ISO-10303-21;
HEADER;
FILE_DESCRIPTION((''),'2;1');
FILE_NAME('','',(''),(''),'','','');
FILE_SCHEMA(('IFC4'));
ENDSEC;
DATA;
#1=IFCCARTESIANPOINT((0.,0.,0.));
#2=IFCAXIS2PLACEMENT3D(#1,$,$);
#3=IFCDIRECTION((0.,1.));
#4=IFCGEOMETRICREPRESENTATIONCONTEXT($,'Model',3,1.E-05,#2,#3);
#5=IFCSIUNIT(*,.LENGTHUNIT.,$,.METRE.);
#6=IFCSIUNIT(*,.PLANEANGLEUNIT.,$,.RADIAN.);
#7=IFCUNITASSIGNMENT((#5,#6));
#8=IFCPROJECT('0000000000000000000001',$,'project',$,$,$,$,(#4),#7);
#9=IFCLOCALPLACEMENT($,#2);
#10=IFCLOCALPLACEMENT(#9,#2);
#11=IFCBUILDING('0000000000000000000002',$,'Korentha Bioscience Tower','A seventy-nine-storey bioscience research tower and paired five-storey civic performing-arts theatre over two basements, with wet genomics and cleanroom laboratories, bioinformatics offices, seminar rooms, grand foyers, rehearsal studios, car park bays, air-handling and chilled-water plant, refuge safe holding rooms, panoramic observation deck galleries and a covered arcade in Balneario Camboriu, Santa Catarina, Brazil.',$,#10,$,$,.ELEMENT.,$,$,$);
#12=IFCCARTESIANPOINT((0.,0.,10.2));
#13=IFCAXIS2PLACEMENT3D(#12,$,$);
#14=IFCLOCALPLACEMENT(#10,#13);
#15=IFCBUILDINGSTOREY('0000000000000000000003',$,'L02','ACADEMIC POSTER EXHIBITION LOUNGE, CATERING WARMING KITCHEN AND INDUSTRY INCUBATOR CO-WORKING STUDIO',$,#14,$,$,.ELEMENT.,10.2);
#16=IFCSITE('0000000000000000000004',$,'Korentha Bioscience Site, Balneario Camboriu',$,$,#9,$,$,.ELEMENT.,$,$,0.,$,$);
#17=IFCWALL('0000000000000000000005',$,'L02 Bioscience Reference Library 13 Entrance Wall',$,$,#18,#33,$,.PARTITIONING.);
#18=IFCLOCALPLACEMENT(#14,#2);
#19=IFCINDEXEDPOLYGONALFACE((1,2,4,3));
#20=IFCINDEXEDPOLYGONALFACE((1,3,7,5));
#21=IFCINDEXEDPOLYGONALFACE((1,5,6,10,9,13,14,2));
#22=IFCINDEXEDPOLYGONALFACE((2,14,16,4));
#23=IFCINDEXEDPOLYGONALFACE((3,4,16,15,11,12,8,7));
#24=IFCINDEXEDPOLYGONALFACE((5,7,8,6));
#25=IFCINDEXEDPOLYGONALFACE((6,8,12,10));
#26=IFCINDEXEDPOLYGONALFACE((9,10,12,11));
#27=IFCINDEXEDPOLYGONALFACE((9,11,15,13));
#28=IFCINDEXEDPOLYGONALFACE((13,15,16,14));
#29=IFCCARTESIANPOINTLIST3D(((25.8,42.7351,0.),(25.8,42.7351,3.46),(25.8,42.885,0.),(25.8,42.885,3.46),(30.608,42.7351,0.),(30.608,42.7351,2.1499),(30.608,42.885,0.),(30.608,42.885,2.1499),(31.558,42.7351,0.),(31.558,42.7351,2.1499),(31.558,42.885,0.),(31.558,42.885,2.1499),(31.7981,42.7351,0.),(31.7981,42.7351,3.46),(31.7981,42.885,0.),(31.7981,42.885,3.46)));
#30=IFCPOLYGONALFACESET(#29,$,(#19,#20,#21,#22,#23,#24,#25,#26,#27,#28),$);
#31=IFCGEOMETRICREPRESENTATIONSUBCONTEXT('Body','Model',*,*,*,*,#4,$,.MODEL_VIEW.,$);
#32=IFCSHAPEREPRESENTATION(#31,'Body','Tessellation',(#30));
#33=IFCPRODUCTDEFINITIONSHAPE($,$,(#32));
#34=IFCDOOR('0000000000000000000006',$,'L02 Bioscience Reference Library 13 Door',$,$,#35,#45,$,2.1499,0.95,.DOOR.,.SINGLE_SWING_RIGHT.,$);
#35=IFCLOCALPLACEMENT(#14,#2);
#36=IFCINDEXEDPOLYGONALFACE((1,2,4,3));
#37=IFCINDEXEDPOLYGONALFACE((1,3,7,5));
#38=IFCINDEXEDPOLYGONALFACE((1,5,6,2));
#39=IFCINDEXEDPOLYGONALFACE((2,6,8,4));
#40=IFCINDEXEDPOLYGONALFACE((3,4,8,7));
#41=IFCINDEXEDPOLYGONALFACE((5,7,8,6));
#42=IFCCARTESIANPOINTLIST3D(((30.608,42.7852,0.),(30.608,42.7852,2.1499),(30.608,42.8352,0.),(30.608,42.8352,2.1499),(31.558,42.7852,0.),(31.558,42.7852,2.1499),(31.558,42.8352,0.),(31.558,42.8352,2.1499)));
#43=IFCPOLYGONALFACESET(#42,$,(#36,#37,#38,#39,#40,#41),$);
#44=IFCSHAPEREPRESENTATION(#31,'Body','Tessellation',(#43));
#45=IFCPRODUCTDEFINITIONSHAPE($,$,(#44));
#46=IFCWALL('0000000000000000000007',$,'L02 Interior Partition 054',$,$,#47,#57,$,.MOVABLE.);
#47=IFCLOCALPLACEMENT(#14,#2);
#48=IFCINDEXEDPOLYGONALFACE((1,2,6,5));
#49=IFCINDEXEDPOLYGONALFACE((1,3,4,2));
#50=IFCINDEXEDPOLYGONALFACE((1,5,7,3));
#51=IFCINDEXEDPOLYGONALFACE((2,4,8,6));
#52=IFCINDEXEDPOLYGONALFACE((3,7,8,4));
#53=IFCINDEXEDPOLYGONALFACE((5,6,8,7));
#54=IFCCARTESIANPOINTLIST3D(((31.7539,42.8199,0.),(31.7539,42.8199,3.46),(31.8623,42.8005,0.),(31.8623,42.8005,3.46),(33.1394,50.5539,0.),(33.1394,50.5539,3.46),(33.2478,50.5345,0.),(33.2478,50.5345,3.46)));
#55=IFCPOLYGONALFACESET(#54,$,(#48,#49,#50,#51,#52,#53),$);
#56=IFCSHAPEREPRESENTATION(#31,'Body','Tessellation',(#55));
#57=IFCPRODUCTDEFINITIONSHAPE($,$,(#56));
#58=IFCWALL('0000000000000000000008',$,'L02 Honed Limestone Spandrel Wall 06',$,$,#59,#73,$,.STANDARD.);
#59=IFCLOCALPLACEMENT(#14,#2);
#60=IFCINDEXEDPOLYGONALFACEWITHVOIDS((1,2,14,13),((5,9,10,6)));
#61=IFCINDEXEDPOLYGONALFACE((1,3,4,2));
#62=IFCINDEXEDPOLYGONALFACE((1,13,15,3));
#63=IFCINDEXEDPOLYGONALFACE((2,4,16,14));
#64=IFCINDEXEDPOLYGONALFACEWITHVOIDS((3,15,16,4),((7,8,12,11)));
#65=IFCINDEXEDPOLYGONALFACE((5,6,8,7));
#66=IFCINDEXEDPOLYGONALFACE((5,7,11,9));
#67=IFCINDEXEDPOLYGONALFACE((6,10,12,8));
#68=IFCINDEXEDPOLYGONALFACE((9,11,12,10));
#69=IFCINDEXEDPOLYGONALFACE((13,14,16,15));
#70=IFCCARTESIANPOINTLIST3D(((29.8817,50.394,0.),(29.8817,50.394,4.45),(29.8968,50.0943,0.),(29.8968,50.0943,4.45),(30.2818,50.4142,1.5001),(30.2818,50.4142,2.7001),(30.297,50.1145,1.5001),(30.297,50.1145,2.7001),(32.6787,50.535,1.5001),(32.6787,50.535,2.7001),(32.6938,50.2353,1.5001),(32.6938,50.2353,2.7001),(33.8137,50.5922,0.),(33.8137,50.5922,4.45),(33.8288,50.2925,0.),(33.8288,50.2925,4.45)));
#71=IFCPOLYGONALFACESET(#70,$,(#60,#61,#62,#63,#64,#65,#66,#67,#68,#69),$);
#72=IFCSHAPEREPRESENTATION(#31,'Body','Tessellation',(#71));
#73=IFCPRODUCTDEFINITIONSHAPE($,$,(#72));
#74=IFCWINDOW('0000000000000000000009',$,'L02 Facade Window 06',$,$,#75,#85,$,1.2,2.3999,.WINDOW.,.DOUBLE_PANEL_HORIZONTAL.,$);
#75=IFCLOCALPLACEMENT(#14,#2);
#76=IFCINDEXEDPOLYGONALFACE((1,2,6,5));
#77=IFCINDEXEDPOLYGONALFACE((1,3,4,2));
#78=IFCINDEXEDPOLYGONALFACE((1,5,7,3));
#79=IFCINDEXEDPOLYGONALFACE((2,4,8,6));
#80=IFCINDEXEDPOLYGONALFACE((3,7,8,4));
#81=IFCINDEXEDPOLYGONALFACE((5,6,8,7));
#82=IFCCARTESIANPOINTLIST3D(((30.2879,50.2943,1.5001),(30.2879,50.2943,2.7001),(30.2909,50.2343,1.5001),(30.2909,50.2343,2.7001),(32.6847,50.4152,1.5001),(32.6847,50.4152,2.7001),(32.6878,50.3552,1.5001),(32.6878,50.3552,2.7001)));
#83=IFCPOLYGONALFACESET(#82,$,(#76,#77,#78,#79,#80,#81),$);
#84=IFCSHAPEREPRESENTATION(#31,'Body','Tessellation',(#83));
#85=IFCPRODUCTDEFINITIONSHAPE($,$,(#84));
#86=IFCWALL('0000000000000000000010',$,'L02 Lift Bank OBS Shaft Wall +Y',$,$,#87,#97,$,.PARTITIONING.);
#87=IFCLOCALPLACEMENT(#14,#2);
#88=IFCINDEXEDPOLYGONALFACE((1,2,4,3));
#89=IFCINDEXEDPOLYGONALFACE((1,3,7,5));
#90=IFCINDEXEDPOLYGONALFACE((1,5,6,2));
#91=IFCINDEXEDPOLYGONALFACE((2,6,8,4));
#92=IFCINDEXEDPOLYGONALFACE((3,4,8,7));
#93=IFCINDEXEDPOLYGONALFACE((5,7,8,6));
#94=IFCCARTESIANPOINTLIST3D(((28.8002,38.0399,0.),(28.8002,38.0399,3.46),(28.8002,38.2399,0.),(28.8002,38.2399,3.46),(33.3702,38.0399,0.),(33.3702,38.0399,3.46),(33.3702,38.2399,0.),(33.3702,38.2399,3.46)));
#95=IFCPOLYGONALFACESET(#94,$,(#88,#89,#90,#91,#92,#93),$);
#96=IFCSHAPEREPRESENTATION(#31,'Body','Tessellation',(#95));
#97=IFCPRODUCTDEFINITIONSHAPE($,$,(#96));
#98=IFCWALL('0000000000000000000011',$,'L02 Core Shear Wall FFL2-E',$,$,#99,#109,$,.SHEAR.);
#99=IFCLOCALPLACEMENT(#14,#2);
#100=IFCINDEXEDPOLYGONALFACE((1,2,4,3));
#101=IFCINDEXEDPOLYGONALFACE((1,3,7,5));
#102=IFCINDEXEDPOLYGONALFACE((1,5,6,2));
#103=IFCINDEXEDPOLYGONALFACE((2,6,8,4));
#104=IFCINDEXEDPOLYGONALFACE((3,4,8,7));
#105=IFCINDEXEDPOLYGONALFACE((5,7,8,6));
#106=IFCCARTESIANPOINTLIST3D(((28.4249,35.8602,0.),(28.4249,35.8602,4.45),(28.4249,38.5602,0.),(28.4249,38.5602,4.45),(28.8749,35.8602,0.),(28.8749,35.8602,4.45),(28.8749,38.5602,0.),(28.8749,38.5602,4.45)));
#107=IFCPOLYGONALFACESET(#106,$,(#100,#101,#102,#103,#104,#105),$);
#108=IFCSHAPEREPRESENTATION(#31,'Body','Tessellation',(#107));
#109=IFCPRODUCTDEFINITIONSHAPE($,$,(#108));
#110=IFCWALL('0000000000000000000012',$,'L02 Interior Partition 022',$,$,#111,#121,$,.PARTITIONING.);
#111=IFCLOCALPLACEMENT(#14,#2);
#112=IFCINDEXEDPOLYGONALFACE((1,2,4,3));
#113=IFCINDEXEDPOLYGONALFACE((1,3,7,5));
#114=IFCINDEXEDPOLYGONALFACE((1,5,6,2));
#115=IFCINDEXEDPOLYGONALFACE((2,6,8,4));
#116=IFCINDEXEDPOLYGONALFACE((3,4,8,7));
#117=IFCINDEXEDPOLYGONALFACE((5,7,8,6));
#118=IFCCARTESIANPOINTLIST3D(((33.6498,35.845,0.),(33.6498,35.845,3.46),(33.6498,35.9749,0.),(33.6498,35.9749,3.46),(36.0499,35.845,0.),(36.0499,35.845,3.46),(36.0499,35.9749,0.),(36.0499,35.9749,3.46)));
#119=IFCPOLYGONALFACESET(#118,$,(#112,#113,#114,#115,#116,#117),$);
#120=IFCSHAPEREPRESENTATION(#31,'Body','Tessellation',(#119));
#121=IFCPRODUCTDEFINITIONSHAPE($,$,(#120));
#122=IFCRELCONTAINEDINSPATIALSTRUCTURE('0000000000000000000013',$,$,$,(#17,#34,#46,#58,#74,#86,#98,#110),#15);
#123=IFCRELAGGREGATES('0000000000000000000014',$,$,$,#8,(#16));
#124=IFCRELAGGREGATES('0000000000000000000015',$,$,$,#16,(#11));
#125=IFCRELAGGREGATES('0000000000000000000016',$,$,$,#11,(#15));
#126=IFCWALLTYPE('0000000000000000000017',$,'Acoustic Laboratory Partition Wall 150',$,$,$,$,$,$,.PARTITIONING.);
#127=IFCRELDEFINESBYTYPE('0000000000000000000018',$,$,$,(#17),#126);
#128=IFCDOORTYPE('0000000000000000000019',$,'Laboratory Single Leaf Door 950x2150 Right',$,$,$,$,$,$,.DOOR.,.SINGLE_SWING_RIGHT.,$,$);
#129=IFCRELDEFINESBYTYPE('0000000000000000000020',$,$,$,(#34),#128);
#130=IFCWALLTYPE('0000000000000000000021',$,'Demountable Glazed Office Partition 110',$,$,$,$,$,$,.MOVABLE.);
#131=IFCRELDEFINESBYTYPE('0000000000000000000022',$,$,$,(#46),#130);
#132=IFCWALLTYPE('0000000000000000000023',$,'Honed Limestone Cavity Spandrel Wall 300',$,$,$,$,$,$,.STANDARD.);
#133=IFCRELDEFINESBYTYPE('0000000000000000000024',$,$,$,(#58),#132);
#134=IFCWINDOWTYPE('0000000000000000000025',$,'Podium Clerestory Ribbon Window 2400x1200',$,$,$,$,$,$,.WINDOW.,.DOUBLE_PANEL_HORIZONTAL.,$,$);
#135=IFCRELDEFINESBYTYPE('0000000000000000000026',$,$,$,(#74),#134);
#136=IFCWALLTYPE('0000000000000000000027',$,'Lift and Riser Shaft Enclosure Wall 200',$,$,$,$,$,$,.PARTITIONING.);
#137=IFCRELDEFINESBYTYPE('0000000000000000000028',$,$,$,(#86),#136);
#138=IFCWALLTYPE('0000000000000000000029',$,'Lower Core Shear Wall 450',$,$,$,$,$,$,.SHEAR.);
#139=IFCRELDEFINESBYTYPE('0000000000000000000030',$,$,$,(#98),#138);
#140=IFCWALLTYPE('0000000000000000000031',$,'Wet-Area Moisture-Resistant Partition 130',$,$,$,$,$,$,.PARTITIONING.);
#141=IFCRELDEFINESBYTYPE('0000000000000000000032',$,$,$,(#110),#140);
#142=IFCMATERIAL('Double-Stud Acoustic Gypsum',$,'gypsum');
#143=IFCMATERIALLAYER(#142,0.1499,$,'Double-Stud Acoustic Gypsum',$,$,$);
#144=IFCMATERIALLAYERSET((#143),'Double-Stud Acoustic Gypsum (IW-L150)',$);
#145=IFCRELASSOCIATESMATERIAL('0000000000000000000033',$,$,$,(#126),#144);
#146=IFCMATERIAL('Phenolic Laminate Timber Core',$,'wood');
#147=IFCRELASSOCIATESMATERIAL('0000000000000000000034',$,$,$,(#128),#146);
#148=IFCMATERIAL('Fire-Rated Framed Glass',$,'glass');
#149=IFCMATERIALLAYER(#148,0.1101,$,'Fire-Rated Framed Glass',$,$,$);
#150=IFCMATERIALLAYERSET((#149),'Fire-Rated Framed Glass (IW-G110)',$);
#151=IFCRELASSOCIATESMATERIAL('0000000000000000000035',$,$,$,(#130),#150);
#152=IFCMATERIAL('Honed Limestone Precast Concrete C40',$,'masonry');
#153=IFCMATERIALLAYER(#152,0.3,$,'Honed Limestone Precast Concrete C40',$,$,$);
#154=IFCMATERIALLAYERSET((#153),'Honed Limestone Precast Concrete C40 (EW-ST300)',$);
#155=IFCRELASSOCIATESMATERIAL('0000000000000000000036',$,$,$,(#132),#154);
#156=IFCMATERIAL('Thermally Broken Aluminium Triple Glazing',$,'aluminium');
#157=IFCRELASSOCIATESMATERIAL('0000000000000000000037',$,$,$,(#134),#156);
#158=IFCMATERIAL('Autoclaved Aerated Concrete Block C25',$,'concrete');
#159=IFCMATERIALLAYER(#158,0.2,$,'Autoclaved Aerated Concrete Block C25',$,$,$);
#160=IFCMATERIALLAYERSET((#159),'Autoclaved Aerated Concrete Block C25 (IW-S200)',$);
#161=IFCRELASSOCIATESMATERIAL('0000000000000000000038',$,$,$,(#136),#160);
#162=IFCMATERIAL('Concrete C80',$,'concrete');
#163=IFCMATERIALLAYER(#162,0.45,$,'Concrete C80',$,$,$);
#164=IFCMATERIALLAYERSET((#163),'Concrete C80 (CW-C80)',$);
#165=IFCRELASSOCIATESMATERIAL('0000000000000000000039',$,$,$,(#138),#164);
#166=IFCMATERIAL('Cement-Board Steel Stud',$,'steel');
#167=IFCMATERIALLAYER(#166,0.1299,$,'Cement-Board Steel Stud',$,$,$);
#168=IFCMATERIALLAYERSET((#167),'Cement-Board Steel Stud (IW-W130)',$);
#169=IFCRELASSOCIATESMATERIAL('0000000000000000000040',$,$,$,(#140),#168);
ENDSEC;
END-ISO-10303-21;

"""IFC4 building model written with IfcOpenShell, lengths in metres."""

from ifc_helpers import new_model, si_unit, direction, frame, frame_2d, origin, place, context, subcontext, project, spatial, rectangle, extrude, material, layer, layer_set, type_object, element, fill, save


model = new_model("IFC4")

# Units and contexts
model_context = context("Model", 3, precision=1e-05, world=origin(), true_north=direction((0.0, 1.0)))
body_context = subcontext(model_context, "Body", "Model", "MODEL_VIEW")
ifc_project = project(units=[si_unit("LENGTHUNIT", "METRE"), si_unit("PLANEANGLEUNIT", "RADIAN")], contexts=[model_context])

# Site, building, storey
site_placement = place(None, origin())
site = spatial("IfcSite", under=ifc_project, at=site_placement, Name="Korentha Bioscience Site, Balneario Camboriu", CompositionType="ELEMENT", RefElevation=0.0)
building_placement = place(site_placement, origin())
building = spatial("IfcBuilding", under=site, at=building_placement, Name="Korentha Bioscience Tower", Description="A seventy-nine-storey bioscience research tower and paired five-storey civic performing-arts theatre over two basements, with wet genomics and cleanroom laboratories, bioinformatics offices, seminar rooms, grand foyers, rehearsal studios, car park bays, air-handling and chilled-water plant, refuge safe holding rooms, panoramic observation deck galleries and a covered arcade in Balneario Camboriu, Santa Catarina, Brazil.", CompositionType="ELEMENT")
storey_placement = place(building_placement, frame((0.0, 0.0, 10.2)))
storey = spatial("IfcBuildingStorey", under=building, at=storey_placement, Name="L02", Description="ACADEMIC POSTER EXHIBITION LOUNGE, CATERING WARMING KITCHEN AND INDUSTRY INCUBATOR CO-WORKING STUDIO", CompositionType="ELEMENT", Elevation=10.2)

# Shared definitions
ifc_material_1 = material(Name="Concrete C80", Category="concrete")

# Wall, opening, door
ifc_material_2 = material(Name="Double-Stud Acoustic Gypsum", Category="gypsum")
ifc_layer_1 = layer(ifc_material_2, 0.1499, Name="Double-Stud Acoustic Gypsum")
ifc_layer_set_1 = layer_set([ifc_layer_1], Name="Double-Stud Acoustic Gypsum (IW-L150)")
wall_type_1 = type_object("IfcWallType", Name="Acoustic Laboratory Partition Wall 150", PredefinedType="PARTITIONING", material=ifc_layer_set_1)
wall_1_placement = place(storey_placement, frame((31.7981, 42.8101, 0.0), z_axis=(0.0, 0.0, 1.0), x_axis=(-1.0, 0.0, 0.0)))
wall_1 = element("IfcWall", 1, at=wall_1_placement, inside=storey, type_object=wall_type_1, Name="L02 Bioscience Reference Library 13 Entrance Wall", PredefinedType="PARTITIONING", context=body_context, shape_type="SweptSolid", body=[
    extrude(rectangle(XDim=5.998, YDim=0.1499, at=frame_2d((2.999, 0.0))), origin(), (0.0, 0.0, 1.0), 3.46),
])
opening_1_placement = place(wall_1_placement, frame((0.24, 0.0, 0.0)))
opening_1 = element("IfcOpeningElement", 2, at=opening_1_placement, cuts=wall_1, PredefinedType="OPENING", context=body_context, shape_type="SweptSolid", body=[
    extrude(rectangle(XDim=0.95, YDim=2.1499, at=frame_2d((0.4751, 1.075))), frame((0.0, 0.0898, 0.0), z_axis=(0.0, -1.0, 0.0), x_axis=(1.0, 0.0, 0.0)), (0.0, 0.0, 1.0), 0.1797),
])
ifc_material_3 = material(Name="Phenolic Laminate Timber Core", Category="wood")
door_type_1 = type_object("IfcDoorType", Name="Laboratory Single Leaf Door 950x2150 Right", OperationType="SINGLE_SWING_RIGHT", PredefinedType="DOOR", material=ifc_material_3)
door_1_placement = place(opening_1_placement, origin())
door_1 = element("IfcDoor", 3, at=door_1_placement, inside=storey, type_object=door_type_1, Name="L02 Bioscience Reference Library 13 Door", OperationType="SINGLE_SWING_RIGHT", OverallHeight=2.1499, OverallWidth=0.95, PredefinedType="DOOR", context=body_context, shape_type="SweptSolid", body=[
    extrude(rectangle(XDim=0.95, YDim=2.1499, at=frame_2d((0.4751, 1.075))), frame((0.0, 0.0249, 0.0), z_axis=(0.0, -1.0, 0.0), x_axis=(1.0, 0.0, 0.0)), (0.0, 0.0, 1.0), 0.05),
])
fill(opening_1, door_1)

# Wall
ifc_material_4 = material(Name="Fire-Rated Framed Glass", Category="glass")
ifc_layer_2 = layer(ifc_material_4, 0.1101, Name="Fire-Rated Framed Glass")
ifc_layer_set_2 = layer_set([ifc_layer_2], Name="Fire-Rated Framed Glass (IW-G110)")
wall_type_2 = type_object("IfcWallType", Name="Demountable Glazed Office Partition 110", PredefinedType="MOVABLE", material=ifc_layer_set_2)
wall_2_placement = place(storey_placement, frame((31.8081, 42.8101, 0.0), z_axis=(0.0, 0.0, 1.0), x_axis=(0.176334, 0.98433, 0.0)))
element("IfcWall", 4, at=wall_2_placement, inside=storey, type_object=wall_type_2, Name="L02 Interior Partition 054", PredefinedType="MOVABLE", context=body_context, shape_type="SweptSolid", body=[
    extrude(rectangle(XDim=7.8572, YDim=0.1101, at=frame_2d((3.9287, 0.0))), origin(), (0.0, 0.0, 1.0), 3.46),
])

# Wall, opening, window
ifc_material_5 = material(Name="Honed Limestone Precast Concrete C40", Category="masonry")
ifc_layer_3 = layer(ifc_material_5, 0.3, Name="Honed Limestone Precast Concrete C40")
ifc_layer_set_3 = layer_set([ifc_layer_3], Name="Honed Limestone Precast Concrete C40 (EW-ST300)")
wall_type_3 = type_object("IfcWallType", Name="Honed Limestone Cavity Spandrel Wall 300", PredefinedType="STANDARD", material=ifc_layer_set_3)
wall_3_placement = place(storey_placement, frame((33.8213, 50.4424, 0.0), z_axis=(0.0, 0.0, 1.0), x_axis=(-0.998732, -0.050352, 0.0)))
wall_3 = element("IfcWall", 5, at=wall_3_placement, inside=storey, type_object=wall_type_3, Name="L02 Honed Limestone Spandrel Wall 06", PredefinedType="STANDARD", context=body_context, shape_type="SweptSolid", body=[
    extrude(rectangle(XDim=3.937, YDim=0.3, at=frame_2d((1.9685, 0.0))), origin(), (0.0, 0.0, 1.0), 4.45),
])
opening_2_placement = place(wall_3_placement, frame((1.1365, 0.0, 1.5)))
opening_2 = element("IfcOpeningElement", 6, at=opening_2_placement, cuts=wall_3, PredefinedType="OPENING", context=body_context, shape_type="SweptSolid", body=[
    extrude(rectangle(XDim=2.3999, YDim=1.2, at=frame_2d((1.2, 0.6001))), frame((0.0, 0.165, 0.0), z_axis=(0.0, -1.0, 0.0), x_axis=(1.0, 0.0, 0.0)), (0.0, 0.0, 1.0), 0.3298),
])
ifc_material_6 = material(Name="Thermally Broken Aluminium Triple Glazing", Category="aluminium")
window_type = type_object("IfcWindowType", Name="Podium Clerestory Ribbon Window 2400x1200", PartitioningType="DOUBLE_PANEL_HORIZONTAL", PredefinedType="WINDOW", material=ifc_material_6)
window_placement = place(opening_2_placement, origin())
window = element("IfcWindow", 7, at=window_placement, inside=storey, type_object=window_type, Name="L02 Facade Window 06", OverallHeight=1.2, OverallWidth=2.3999, PartitioningType="DOUBLE_PANEL_HORIZONTAL", PredefinedType="WINDOW", context=body_context, shape_type="SweptSolid", body=[
    extrude(rectangle(XDim=2.3999, YDim=1.2, at=frame_2d((1.2, 0.6001))), frame((0.0, 0.03, 0.0), z_axis=(0.0, -1.0, 0.0), x_axis=(1.0, 0.0, 0.0)), (0.0, 0.0, 1.0), 0.0601),
])
fill(opening_2, window)

# Walls
ifc_material_7 = material(Name="Autoclaved Aerated Concrete Block C25", Category="concrete")
ifc_layer_4 = layer(ifc_material_7, 0.2, Name="Autoclaved Aerated Concrete Block C25")
ifc_layer_set_4 = layer_set([ifc_layer_4], Name="Autoclaved Aerated Concrete Block C25 (IW-S200)")
wall_type_4 = type_object("IfcWallType", Name="Lift and Riser Shaft Enclosure Wall 200", PredefinedType="PARTITIONING", material=ifc_layer_set_4)
wall_4_placement = place(storey_placement, frame((28.8, 38.1399, 0.0), z_axis=(0.0, 0.0, 1.0), x_axis=(1.0, 0.0, 0.0)))
element("IfcWall", 8, at=wall_4_placement, inside=storey, type_object=wall_type_4, Name="L02 Lift Bank OBS Shaft Wall +Y", PredefinedType="PARTITIONING", context=body_context, shape_type="SweptSolid", body=[
    extrude(rectangle(XDim=4.5701, YDim=0.2, at=frame_2d((2.2852, 0.0))), origin(), (0.0, 0.0, 1.0), 3.46),
])
ifc_layer_5 = layer(ifc_material_1, 0.45, Name="Concrete C80")
ifc_layer_set_5 = layer_set([ifc_layer_5], Name="Concrete C80 (CW-C80)")
wall_type_5 = type_object("IfcWallType", Name="Lower Core Shear Wall 450", PredefinedType="SHEAR", material=ifc_layer_set_5)
wall_5_placement = place(storey_placement, frame((28.6499, 35.8601, 0.0), z_axis=(0.0, 0.0, 1.0), x_axis=(0.0, 1.0, 0.0)))
element("IfcWall", 9, at=wall_5_placement, inside=storey, type_object=wall_type_5, Name="L02 Core Shear Wall FFL2-E", PredefinedType="SHEAR", context=body_context, shape_type="SweptSolid", body=[
    extrude(rectangle(XDim=2.7, YDim=0.45, at=frame_2d((1.3501, 0.0))), origin(), (0.0, 0.0, 1.0), 4.45),
])

# Shared definitions
ifc_material_8 = material(Name="Cement-Board Steel Stud", Category="steel")
ifc_layer_6 = layer(ifc_material_8, 0.1299, Name="Cement-Board Steel Stud")
ifc_layer_set_6 = layer_set([ifc_layer_6], Name="Cement-Board Steel Stud (IW-W130)")
wall_type_6 = type_object("IfcWallType", Name="Wet-Area Moisture-Resistant Partition 130", PredefinedType="PARTITIONING", material=ifc_layer_set_6)

# Wall
wall_6_placement = place(storey_placement, frame((36.05, 35.9099, 0.0), z_axis=(0.0, 0.0, 1.0), x_axis=(-1.0, 0.0, 0.0)))
element("IfcWall", 10, at=wall_6_placement, inside=storey, type_object=wall_type_6, Name="L02 Interior Partition 022", PredefinedType="PARTITIONING", context=body_context, shape_type="SweptSolid", body=[
    extrude(rectangle(XDim=2.4001, YDim=0.1299, at=frame_2d((1.2002, 0.0))), origin(), (0.0, 0.0, 1.0), 3.46),
])

save(model, "model.ifc")
